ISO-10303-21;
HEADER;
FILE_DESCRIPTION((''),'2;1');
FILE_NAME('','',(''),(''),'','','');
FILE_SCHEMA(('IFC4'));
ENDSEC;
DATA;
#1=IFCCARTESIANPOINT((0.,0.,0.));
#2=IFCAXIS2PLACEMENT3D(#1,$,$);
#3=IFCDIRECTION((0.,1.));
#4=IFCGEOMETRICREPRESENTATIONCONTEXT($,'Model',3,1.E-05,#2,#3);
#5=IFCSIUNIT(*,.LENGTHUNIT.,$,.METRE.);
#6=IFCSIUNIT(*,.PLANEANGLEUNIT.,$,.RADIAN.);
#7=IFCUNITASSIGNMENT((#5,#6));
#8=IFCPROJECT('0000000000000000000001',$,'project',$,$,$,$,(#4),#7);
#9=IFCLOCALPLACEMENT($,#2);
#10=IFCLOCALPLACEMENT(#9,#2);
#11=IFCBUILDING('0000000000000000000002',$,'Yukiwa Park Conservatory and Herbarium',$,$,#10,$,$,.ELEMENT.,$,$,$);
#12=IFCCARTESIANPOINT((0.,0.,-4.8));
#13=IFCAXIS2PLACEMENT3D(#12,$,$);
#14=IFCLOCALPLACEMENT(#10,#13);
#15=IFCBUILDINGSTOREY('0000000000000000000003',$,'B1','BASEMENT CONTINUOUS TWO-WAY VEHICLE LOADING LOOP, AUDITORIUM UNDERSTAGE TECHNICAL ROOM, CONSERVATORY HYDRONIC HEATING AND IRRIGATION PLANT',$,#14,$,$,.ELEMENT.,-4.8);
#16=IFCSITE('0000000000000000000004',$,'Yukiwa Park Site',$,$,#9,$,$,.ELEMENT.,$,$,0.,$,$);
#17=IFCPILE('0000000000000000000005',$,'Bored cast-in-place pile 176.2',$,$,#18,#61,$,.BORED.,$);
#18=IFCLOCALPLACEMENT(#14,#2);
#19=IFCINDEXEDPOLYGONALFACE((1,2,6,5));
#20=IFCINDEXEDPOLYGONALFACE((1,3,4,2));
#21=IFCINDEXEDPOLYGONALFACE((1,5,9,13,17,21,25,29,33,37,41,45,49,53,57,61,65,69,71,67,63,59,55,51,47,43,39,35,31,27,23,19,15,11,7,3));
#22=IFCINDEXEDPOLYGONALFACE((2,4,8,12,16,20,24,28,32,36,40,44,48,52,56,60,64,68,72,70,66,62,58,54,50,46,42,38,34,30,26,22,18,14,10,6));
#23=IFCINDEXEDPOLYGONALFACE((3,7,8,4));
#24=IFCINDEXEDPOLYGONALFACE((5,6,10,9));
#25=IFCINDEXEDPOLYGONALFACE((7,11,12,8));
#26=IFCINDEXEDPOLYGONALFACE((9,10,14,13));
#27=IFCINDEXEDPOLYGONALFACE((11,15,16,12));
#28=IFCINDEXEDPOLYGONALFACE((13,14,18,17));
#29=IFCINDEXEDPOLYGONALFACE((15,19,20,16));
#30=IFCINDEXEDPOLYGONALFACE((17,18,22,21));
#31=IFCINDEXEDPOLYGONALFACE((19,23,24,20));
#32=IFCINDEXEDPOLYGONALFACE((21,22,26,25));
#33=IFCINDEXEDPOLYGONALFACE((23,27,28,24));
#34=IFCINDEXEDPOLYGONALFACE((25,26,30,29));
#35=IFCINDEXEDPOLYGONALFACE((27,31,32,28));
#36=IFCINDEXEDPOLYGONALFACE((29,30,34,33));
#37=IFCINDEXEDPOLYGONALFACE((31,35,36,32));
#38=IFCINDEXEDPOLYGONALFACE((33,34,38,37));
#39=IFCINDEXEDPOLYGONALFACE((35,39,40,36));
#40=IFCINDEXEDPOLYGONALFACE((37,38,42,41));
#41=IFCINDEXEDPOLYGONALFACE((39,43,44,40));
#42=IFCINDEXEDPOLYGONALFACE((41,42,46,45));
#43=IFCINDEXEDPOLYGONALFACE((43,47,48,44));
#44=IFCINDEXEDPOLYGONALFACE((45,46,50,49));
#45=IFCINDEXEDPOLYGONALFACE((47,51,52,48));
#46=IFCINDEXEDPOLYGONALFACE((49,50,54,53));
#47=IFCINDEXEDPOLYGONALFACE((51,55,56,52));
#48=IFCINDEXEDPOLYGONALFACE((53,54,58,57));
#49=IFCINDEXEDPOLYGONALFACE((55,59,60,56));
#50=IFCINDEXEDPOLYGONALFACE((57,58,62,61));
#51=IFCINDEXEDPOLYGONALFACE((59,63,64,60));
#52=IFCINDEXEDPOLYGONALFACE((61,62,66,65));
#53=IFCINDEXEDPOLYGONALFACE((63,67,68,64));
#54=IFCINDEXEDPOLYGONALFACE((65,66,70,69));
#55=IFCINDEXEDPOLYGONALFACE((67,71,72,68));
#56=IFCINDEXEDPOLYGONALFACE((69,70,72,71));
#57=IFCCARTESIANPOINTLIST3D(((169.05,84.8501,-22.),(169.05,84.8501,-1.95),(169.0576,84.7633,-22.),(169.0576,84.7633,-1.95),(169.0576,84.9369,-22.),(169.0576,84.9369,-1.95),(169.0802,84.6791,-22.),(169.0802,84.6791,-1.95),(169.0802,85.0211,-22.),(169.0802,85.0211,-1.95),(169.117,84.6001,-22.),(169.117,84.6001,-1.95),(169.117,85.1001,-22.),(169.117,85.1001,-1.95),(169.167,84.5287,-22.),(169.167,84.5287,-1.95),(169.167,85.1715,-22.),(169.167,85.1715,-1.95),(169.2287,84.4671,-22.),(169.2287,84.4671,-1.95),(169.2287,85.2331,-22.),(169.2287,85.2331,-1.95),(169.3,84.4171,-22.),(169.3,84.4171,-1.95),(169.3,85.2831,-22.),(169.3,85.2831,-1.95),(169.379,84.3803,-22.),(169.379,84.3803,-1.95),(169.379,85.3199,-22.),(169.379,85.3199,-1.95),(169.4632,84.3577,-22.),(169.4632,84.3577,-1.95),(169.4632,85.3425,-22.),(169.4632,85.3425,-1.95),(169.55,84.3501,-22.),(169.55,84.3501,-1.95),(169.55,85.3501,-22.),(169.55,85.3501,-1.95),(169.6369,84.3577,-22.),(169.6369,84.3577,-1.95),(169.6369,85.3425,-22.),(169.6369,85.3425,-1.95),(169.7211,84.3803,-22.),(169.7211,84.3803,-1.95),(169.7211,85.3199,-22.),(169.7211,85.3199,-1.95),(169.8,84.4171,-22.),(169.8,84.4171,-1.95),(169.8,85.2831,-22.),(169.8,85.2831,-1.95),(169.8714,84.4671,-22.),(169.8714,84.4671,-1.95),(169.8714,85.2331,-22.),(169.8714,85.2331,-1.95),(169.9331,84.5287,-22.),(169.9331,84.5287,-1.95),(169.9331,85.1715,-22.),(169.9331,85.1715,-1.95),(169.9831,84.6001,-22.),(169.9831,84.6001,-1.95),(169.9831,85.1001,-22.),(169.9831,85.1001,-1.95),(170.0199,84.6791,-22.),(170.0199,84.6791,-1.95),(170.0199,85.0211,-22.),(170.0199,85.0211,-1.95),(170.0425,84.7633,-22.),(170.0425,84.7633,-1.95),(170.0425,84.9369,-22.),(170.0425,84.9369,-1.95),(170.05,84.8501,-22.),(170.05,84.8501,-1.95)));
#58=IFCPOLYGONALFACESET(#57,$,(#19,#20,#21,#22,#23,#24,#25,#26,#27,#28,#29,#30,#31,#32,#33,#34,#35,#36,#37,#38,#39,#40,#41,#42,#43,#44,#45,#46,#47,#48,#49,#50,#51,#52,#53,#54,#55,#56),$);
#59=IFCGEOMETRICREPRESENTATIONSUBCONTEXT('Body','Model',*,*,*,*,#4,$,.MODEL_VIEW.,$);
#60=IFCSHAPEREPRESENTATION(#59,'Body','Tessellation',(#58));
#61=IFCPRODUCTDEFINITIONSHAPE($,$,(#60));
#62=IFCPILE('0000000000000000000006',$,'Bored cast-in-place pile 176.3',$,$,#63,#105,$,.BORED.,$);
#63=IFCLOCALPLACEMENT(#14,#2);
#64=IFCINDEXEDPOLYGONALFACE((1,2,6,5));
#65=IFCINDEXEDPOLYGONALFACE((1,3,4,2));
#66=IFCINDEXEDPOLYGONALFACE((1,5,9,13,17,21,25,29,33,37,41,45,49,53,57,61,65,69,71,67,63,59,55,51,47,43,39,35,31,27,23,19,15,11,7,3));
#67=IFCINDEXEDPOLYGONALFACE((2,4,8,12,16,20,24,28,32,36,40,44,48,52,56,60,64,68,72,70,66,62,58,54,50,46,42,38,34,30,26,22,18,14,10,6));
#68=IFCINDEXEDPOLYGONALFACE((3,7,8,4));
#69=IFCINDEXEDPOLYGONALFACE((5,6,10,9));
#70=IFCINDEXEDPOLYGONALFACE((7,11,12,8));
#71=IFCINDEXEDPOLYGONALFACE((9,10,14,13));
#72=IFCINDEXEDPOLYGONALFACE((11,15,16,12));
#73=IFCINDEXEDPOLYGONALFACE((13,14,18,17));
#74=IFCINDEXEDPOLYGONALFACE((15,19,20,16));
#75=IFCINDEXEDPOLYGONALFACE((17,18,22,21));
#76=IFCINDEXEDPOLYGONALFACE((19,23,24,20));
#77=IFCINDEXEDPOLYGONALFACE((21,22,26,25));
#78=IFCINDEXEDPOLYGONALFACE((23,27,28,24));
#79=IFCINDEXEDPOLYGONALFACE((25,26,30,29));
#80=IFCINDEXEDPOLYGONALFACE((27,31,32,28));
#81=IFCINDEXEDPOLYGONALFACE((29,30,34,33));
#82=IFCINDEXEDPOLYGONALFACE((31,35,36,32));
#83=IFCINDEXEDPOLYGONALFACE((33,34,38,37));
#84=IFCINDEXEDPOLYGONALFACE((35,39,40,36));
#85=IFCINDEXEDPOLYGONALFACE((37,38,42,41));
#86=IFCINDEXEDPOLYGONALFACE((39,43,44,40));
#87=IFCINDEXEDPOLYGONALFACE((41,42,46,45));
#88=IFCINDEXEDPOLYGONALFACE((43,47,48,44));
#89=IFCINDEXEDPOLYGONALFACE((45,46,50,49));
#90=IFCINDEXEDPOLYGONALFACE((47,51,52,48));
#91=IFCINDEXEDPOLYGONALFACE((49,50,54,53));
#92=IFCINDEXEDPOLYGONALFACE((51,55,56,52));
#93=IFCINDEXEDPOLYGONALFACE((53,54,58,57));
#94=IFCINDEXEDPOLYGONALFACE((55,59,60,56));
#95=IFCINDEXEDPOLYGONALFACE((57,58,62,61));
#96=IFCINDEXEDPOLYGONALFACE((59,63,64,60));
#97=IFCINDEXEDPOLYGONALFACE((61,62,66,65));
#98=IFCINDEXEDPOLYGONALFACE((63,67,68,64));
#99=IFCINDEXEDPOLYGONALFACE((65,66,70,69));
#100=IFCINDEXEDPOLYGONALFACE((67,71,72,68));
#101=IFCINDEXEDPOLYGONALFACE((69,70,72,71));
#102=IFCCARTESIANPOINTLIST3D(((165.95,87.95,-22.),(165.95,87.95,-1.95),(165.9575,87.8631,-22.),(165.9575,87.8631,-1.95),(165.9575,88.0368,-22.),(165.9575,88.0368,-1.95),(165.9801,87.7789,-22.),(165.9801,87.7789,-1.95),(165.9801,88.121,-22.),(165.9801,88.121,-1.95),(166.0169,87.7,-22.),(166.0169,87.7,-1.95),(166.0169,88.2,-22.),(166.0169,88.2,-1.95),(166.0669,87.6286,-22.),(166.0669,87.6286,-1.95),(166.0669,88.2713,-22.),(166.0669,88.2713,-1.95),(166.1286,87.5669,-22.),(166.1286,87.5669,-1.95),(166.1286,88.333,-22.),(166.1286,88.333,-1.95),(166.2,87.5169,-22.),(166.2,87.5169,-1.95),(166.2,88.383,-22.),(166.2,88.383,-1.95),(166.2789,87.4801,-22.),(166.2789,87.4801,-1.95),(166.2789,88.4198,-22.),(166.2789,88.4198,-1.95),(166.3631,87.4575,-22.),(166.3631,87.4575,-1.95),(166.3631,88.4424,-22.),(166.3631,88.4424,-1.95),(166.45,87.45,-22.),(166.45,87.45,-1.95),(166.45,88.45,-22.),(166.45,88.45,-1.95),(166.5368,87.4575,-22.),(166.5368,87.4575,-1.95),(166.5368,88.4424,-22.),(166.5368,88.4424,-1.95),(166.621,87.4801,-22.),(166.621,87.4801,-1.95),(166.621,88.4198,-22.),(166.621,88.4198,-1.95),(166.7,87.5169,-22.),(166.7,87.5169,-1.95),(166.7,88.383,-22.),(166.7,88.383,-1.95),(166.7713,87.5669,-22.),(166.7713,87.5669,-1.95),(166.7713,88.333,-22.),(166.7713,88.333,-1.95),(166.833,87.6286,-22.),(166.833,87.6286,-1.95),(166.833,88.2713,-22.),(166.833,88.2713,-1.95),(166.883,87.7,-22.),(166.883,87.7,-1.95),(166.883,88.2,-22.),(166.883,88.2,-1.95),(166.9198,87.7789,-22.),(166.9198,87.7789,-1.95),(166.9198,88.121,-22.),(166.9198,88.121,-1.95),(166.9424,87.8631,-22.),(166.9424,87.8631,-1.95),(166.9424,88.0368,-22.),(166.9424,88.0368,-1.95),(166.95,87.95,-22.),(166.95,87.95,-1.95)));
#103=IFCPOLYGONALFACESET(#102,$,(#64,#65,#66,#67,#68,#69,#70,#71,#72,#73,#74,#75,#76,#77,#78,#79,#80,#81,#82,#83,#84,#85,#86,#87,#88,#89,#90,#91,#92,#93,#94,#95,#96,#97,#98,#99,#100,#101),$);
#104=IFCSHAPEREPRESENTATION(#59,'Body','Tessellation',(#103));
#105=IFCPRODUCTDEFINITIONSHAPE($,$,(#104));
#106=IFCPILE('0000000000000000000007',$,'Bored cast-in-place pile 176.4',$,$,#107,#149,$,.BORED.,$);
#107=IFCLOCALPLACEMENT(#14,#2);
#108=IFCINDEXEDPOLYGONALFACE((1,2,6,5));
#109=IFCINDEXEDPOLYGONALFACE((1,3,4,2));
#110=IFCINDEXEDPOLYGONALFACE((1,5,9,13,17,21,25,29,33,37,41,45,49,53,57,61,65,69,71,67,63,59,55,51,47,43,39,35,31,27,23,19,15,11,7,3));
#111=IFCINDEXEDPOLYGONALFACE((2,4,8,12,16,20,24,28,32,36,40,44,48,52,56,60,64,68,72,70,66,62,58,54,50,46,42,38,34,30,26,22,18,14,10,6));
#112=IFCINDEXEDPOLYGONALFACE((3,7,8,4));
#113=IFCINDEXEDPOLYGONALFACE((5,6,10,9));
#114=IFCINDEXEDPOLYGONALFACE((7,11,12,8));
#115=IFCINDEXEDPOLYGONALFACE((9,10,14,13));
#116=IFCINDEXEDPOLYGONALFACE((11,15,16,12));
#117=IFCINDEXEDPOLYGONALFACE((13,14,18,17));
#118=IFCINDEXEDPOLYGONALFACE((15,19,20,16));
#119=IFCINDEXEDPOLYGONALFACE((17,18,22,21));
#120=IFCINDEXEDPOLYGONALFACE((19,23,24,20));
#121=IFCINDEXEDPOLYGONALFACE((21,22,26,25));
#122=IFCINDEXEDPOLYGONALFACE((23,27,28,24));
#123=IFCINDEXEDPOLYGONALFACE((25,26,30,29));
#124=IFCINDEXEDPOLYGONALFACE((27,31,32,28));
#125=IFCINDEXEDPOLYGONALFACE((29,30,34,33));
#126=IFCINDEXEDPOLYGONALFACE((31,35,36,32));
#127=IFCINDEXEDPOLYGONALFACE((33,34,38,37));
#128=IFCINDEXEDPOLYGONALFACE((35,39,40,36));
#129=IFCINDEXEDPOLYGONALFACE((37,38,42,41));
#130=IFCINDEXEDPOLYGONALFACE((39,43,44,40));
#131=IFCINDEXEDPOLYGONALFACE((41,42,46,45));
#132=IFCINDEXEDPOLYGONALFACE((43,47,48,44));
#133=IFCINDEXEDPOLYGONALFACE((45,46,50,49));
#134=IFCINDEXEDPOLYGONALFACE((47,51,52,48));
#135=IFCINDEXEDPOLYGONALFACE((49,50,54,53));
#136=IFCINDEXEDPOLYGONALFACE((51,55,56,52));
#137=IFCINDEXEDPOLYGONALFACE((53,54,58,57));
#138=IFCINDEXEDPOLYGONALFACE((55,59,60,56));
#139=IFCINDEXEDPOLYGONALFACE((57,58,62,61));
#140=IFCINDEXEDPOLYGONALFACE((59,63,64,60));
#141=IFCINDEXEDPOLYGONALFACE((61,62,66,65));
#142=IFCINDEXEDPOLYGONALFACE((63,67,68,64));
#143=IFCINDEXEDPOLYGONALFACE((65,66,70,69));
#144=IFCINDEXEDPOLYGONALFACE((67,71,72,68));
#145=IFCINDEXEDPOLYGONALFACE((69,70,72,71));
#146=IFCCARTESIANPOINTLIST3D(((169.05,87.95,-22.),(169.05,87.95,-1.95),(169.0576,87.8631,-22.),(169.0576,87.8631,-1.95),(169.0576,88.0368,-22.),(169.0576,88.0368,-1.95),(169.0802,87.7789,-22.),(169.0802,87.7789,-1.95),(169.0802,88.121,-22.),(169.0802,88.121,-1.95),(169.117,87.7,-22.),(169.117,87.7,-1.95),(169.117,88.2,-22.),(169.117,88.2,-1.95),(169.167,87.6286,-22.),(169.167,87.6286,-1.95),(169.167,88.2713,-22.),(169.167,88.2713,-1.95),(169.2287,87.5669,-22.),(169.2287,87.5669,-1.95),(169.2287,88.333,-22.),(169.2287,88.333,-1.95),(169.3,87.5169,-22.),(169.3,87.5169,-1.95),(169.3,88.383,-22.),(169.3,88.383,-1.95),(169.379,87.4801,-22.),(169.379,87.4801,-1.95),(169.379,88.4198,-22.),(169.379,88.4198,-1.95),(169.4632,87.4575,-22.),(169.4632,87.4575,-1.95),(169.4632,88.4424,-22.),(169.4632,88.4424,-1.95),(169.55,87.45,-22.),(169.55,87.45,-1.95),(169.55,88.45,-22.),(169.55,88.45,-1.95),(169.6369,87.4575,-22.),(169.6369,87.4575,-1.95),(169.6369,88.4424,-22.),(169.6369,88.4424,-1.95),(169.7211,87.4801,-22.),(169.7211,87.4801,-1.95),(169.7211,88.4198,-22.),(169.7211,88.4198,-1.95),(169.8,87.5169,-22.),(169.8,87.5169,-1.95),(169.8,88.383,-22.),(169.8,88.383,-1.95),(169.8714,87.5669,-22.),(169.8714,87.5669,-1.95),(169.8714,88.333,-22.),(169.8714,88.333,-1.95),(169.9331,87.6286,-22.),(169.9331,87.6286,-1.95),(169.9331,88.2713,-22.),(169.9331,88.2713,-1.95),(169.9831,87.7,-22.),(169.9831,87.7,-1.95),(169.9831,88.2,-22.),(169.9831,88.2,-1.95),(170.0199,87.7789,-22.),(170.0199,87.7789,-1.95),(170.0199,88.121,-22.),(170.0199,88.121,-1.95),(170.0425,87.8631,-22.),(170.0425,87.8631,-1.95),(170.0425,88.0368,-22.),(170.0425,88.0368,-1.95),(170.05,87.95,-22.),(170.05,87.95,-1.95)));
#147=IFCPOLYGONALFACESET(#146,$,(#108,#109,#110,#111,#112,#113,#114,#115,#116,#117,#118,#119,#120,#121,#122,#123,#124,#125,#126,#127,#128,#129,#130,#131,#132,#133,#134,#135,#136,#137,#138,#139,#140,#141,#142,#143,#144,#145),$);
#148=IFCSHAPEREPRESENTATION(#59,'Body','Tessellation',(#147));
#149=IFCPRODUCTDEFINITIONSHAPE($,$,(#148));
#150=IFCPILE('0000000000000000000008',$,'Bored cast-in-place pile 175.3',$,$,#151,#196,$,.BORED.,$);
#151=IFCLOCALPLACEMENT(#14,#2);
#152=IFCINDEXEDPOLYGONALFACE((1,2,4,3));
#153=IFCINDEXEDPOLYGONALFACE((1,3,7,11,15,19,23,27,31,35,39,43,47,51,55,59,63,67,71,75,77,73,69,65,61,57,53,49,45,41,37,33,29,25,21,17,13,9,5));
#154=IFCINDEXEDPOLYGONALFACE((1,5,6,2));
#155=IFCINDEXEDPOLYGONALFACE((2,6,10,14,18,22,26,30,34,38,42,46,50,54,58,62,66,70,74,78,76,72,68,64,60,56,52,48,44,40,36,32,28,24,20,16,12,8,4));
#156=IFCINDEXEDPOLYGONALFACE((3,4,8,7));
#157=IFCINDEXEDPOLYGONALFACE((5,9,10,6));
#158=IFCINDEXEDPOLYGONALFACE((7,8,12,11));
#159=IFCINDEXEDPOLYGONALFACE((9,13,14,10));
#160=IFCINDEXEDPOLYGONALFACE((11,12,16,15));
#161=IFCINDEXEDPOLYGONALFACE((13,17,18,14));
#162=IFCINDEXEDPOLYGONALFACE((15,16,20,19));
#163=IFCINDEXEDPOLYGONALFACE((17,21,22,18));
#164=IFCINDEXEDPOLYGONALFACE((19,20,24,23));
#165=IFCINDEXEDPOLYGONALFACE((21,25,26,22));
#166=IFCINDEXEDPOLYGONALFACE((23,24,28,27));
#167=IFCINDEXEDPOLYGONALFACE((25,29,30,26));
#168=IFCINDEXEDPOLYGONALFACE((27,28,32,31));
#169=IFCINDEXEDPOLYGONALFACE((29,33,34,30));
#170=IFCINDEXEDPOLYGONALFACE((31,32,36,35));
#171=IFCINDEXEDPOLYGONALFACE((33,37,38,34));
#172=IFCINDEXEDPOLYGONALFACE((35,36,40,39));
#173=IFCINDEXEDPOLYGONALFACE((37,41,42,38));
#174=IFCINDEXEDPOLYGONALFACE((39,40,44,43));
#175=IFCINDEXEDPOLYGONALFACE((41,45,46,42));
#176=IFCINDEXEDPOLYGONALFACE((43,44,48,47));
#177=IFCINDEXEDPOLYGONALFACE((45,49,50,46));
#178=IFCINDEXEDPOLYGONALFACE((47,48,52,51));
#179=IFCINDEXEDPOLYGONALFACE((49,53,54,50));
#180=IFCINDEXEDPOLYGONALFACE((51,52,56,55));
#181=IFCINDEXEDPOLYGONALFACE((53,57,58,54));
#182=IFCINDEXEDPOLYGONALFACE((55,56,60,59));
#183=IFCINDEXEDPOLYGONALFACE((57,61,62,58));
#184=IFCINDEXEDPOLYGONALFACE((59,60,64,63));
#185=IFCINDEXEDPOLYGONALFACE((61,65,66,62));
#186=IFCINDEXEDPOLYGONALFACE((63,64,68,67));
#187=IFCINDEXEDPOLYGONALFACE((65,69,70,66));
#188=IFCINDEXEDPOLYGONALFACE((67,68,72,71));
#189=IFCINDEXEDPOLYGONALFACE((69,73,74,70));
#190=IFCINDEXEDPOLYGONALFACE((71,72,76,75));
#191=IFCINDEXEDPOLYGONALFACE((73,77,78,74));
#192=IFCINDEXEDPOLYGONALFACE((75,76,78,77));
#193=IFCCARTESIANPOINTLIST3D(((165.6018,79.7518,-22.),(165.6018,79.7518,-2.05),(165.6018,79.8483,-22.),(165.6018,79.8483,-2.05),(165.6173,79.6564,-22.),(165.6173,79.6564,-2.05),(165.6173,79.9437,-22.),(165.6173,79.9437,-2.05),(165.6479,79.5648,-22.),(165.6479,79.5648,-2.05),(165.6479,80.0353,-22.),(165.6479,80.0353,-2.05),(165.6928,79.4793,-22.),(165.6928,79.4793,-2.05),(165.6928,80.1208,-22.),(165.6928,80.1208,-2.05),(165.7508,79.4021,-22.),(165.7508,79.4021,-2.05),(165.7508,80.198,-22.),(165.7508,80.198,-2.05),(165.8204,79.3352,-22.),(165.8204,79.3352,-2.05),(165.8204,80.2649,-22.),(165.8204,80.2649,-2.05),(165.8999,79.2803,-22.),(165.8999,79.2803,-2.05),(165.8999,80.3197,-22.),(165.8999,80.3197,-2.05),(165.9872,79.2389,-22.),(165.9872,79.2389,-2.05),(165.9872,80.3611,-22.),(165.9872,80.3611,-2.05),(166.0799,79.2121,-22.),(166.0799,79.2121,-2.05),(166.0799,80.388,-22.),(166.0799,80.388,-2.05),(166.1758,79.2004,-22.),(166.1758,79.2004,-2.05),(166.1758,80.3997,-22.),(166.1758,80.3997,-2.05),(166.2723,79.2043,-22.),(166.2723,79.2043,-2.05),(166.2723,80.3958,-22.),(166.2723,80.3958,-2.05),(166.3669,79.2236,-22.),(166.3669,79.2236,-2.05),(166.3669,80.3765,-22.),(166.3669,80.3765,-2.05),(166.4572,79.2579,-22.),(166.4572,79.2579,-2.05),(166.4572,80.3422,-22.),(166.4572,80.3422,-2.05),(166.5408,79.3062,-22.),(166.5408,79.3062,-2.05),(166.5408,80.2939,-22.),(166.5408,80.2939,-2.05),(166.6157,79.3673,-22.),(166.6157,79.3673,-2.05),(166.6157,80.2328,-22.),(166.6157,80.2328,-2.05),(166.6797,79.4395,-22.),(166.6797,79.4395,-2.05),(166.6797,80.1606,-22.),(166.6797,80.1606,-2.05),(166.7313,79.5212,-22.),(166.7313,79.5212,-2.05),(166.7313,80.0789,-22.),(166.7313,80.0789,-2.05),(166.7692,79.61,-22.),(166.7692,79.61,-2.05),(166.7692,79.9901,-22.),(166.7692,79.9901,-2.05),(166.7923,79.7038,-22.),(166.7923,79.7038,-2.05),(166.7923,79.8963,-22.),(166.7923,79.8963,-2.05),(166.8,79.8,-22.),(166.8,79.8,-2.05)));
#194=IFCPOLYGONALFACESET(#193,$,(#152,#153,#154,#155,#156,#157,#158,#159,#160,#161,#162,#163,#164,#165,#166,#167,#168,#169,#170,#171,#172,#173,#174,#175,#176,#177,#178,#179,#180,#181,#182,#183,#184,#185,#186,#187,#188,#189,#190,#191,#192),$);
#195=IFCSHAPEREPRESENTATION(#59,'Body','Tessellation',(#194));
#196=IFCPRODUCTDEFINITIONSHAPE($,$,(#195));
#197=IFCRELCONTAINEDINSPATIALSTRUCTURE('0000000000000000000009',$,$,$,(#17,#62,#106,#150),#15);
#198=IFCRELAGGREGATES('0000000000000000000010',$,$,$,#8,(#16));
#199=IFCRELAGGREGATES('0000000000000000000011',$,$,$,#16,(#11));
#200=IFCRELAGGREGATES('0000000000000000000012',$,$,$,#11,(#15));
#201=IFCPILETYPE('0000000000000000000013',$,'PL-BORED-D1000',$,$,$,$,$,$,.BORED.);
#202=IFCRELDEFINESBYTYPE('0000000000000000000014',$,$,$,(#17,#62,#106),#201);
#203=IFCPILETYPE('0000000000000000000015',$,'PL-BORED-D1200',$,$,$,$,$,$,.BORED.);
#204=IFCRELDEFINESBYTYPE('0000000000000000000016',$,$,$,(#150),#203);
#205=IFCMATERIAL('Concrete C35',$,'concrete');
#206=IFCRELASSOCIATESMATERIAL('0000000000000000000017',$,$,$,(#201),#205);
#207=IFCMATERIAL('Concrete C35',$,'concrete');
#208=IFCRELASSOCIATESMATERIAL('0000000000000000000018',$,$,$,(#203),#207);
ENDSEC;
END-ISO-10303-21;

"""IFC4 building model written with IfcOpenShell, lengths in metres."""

from ifc_helpers import new_model, si_unit, direction, frame, origin, origin_2d, place, context, subcontext, project, spatial, circle, extrude, material, material_profile, profile_set, type_object, element, save


model = new_model("IFC4")

# Units and contexts
model_context = context("Model", 3, precision=1e-05, world=origin(), true_north=direction((0.0, 1.0)))
body_context = subcontext(model_context, "Body", "Model", "MODEL_VIEW")
ifc_project = project(units=[si_unit("LENGTHUNIT", "METRE"), si_unit("PLANEANGLEUNIT", "RADIAN")], contexts=[model_context])

# Site, building, storey
site_placement = place(None, origin())
site = spatial("IfcSite", under=ifc_project, at=site_placement, Name="Yukiwa Park Site", CompositionType="ELEMENT", RefElevation=0.0)
building_placement = place(site_placement, origin())
building = spatial("IfcBuilding", under=site, at=building_placement, Name="Yukiwa Park Conservatory and Herbarium", CompositionType="ELEMENT")
storey_placement = place(building_placement, frame((0.0, 0.0, -4.8)))
storey = spatial("IfcBuildingStorey", under=building, at=storey_placement, Name="B1", Description="BASEMENT CONTINUOUS TWO-WAY VEHICLE LOADING LOOP, AUDITORIUM UNDERSTAGE TECHNICAL ROOM, CONSERVATORY HYDRONIC HEATING AND IRRIGATION PLANT", CompositionType="ELEMENT", Elevation=-4.8)

# Piles
ifc_material_1 = material(Name="Concrete C35", Category="concrete")
ifc_material_profile_1 = material_profile(ifc_material_1, circle(Radius=0.5, at=origin_2d()), Name="PILE D1000")
ifc_profile_set_1 = profile_set([ifc_material_profile_1], Name="Concrete C35")
pile_type_1 = type_object("IfcPileType", Name="PL-BORED-D1000", PredefinedType="BORED", material=ifc_profile_set_1)
for number, where, z_axis, x_axis, name in (
    (1, (169.55, 84.8501, -1.95), (0.0, 0.0, -1.0), (1.0, 0.0, 0.0), "Bored cast-in-place pile 176.2"),
    (2, (166.45, 87.95, -1.95), (0.0, 0.0, -1.0), (1.0, 0.0, 0.0), "Bored cast-in-place pile 176.3"),
    (3, (169.55, 87.95, -1.95), (0.0, 0.0, -1.0), (1.0, 0.0, 0.0), "Bored cast-in-place pile 176.4"),
):
    element("IfcPile", number, at=place(storey_placement, frame(where, z_axis=z_axis, x_axis=x_axis)), inside=storey, type_object=pile_type_1, Name=name, PredefinedType="BORED", context=body_context, shape_type="SweptSolid", body=[
        extrude(circle(Radius=0.5, at=origin_2d()), origin(), (0.0, 0.0, 1.0), 20.05),
    ])
ifc_material_2 = material(Name="Concrete C35", Category="concrete")
ifc_material_profile_2 = material_profile(ifc_material_2, circle(Radius=0.6001, at=origin_2d()), Name="PILE D1200")
ifc_profile_set_2 = profile_set([ifc_material_profile_2], Name="Concrete C35")
pile_type_2 = type_object("IfcPileType", Name="PL-BORED-D1200", PredefinedType="BORED", material=ifc_profile_set_2)
for number, where, z_axis, x_axis, name in (
    (4, (166.2, 79.8, -2.05), (0.0, 0.0, -1.0), (1.0, 0.0, 0.0), "Bored cast-in-place pile 175.3"),
):
    element("IfcPile", number, at=place(storey_placement, frame(where, z_axis=z_axis, x_axis=x_axis)), inside=storey, type_object=pile_type_2, Name=name, PredefinedType="BORED", context=body_context, shape_type="SweptSolid", body=[
        extrude(circle(Radius=0.6001, at=origin_2d()), origin(), (0.0, 0.0, 1.0), 19.95),
    ])

save(model, "model.ifc")
